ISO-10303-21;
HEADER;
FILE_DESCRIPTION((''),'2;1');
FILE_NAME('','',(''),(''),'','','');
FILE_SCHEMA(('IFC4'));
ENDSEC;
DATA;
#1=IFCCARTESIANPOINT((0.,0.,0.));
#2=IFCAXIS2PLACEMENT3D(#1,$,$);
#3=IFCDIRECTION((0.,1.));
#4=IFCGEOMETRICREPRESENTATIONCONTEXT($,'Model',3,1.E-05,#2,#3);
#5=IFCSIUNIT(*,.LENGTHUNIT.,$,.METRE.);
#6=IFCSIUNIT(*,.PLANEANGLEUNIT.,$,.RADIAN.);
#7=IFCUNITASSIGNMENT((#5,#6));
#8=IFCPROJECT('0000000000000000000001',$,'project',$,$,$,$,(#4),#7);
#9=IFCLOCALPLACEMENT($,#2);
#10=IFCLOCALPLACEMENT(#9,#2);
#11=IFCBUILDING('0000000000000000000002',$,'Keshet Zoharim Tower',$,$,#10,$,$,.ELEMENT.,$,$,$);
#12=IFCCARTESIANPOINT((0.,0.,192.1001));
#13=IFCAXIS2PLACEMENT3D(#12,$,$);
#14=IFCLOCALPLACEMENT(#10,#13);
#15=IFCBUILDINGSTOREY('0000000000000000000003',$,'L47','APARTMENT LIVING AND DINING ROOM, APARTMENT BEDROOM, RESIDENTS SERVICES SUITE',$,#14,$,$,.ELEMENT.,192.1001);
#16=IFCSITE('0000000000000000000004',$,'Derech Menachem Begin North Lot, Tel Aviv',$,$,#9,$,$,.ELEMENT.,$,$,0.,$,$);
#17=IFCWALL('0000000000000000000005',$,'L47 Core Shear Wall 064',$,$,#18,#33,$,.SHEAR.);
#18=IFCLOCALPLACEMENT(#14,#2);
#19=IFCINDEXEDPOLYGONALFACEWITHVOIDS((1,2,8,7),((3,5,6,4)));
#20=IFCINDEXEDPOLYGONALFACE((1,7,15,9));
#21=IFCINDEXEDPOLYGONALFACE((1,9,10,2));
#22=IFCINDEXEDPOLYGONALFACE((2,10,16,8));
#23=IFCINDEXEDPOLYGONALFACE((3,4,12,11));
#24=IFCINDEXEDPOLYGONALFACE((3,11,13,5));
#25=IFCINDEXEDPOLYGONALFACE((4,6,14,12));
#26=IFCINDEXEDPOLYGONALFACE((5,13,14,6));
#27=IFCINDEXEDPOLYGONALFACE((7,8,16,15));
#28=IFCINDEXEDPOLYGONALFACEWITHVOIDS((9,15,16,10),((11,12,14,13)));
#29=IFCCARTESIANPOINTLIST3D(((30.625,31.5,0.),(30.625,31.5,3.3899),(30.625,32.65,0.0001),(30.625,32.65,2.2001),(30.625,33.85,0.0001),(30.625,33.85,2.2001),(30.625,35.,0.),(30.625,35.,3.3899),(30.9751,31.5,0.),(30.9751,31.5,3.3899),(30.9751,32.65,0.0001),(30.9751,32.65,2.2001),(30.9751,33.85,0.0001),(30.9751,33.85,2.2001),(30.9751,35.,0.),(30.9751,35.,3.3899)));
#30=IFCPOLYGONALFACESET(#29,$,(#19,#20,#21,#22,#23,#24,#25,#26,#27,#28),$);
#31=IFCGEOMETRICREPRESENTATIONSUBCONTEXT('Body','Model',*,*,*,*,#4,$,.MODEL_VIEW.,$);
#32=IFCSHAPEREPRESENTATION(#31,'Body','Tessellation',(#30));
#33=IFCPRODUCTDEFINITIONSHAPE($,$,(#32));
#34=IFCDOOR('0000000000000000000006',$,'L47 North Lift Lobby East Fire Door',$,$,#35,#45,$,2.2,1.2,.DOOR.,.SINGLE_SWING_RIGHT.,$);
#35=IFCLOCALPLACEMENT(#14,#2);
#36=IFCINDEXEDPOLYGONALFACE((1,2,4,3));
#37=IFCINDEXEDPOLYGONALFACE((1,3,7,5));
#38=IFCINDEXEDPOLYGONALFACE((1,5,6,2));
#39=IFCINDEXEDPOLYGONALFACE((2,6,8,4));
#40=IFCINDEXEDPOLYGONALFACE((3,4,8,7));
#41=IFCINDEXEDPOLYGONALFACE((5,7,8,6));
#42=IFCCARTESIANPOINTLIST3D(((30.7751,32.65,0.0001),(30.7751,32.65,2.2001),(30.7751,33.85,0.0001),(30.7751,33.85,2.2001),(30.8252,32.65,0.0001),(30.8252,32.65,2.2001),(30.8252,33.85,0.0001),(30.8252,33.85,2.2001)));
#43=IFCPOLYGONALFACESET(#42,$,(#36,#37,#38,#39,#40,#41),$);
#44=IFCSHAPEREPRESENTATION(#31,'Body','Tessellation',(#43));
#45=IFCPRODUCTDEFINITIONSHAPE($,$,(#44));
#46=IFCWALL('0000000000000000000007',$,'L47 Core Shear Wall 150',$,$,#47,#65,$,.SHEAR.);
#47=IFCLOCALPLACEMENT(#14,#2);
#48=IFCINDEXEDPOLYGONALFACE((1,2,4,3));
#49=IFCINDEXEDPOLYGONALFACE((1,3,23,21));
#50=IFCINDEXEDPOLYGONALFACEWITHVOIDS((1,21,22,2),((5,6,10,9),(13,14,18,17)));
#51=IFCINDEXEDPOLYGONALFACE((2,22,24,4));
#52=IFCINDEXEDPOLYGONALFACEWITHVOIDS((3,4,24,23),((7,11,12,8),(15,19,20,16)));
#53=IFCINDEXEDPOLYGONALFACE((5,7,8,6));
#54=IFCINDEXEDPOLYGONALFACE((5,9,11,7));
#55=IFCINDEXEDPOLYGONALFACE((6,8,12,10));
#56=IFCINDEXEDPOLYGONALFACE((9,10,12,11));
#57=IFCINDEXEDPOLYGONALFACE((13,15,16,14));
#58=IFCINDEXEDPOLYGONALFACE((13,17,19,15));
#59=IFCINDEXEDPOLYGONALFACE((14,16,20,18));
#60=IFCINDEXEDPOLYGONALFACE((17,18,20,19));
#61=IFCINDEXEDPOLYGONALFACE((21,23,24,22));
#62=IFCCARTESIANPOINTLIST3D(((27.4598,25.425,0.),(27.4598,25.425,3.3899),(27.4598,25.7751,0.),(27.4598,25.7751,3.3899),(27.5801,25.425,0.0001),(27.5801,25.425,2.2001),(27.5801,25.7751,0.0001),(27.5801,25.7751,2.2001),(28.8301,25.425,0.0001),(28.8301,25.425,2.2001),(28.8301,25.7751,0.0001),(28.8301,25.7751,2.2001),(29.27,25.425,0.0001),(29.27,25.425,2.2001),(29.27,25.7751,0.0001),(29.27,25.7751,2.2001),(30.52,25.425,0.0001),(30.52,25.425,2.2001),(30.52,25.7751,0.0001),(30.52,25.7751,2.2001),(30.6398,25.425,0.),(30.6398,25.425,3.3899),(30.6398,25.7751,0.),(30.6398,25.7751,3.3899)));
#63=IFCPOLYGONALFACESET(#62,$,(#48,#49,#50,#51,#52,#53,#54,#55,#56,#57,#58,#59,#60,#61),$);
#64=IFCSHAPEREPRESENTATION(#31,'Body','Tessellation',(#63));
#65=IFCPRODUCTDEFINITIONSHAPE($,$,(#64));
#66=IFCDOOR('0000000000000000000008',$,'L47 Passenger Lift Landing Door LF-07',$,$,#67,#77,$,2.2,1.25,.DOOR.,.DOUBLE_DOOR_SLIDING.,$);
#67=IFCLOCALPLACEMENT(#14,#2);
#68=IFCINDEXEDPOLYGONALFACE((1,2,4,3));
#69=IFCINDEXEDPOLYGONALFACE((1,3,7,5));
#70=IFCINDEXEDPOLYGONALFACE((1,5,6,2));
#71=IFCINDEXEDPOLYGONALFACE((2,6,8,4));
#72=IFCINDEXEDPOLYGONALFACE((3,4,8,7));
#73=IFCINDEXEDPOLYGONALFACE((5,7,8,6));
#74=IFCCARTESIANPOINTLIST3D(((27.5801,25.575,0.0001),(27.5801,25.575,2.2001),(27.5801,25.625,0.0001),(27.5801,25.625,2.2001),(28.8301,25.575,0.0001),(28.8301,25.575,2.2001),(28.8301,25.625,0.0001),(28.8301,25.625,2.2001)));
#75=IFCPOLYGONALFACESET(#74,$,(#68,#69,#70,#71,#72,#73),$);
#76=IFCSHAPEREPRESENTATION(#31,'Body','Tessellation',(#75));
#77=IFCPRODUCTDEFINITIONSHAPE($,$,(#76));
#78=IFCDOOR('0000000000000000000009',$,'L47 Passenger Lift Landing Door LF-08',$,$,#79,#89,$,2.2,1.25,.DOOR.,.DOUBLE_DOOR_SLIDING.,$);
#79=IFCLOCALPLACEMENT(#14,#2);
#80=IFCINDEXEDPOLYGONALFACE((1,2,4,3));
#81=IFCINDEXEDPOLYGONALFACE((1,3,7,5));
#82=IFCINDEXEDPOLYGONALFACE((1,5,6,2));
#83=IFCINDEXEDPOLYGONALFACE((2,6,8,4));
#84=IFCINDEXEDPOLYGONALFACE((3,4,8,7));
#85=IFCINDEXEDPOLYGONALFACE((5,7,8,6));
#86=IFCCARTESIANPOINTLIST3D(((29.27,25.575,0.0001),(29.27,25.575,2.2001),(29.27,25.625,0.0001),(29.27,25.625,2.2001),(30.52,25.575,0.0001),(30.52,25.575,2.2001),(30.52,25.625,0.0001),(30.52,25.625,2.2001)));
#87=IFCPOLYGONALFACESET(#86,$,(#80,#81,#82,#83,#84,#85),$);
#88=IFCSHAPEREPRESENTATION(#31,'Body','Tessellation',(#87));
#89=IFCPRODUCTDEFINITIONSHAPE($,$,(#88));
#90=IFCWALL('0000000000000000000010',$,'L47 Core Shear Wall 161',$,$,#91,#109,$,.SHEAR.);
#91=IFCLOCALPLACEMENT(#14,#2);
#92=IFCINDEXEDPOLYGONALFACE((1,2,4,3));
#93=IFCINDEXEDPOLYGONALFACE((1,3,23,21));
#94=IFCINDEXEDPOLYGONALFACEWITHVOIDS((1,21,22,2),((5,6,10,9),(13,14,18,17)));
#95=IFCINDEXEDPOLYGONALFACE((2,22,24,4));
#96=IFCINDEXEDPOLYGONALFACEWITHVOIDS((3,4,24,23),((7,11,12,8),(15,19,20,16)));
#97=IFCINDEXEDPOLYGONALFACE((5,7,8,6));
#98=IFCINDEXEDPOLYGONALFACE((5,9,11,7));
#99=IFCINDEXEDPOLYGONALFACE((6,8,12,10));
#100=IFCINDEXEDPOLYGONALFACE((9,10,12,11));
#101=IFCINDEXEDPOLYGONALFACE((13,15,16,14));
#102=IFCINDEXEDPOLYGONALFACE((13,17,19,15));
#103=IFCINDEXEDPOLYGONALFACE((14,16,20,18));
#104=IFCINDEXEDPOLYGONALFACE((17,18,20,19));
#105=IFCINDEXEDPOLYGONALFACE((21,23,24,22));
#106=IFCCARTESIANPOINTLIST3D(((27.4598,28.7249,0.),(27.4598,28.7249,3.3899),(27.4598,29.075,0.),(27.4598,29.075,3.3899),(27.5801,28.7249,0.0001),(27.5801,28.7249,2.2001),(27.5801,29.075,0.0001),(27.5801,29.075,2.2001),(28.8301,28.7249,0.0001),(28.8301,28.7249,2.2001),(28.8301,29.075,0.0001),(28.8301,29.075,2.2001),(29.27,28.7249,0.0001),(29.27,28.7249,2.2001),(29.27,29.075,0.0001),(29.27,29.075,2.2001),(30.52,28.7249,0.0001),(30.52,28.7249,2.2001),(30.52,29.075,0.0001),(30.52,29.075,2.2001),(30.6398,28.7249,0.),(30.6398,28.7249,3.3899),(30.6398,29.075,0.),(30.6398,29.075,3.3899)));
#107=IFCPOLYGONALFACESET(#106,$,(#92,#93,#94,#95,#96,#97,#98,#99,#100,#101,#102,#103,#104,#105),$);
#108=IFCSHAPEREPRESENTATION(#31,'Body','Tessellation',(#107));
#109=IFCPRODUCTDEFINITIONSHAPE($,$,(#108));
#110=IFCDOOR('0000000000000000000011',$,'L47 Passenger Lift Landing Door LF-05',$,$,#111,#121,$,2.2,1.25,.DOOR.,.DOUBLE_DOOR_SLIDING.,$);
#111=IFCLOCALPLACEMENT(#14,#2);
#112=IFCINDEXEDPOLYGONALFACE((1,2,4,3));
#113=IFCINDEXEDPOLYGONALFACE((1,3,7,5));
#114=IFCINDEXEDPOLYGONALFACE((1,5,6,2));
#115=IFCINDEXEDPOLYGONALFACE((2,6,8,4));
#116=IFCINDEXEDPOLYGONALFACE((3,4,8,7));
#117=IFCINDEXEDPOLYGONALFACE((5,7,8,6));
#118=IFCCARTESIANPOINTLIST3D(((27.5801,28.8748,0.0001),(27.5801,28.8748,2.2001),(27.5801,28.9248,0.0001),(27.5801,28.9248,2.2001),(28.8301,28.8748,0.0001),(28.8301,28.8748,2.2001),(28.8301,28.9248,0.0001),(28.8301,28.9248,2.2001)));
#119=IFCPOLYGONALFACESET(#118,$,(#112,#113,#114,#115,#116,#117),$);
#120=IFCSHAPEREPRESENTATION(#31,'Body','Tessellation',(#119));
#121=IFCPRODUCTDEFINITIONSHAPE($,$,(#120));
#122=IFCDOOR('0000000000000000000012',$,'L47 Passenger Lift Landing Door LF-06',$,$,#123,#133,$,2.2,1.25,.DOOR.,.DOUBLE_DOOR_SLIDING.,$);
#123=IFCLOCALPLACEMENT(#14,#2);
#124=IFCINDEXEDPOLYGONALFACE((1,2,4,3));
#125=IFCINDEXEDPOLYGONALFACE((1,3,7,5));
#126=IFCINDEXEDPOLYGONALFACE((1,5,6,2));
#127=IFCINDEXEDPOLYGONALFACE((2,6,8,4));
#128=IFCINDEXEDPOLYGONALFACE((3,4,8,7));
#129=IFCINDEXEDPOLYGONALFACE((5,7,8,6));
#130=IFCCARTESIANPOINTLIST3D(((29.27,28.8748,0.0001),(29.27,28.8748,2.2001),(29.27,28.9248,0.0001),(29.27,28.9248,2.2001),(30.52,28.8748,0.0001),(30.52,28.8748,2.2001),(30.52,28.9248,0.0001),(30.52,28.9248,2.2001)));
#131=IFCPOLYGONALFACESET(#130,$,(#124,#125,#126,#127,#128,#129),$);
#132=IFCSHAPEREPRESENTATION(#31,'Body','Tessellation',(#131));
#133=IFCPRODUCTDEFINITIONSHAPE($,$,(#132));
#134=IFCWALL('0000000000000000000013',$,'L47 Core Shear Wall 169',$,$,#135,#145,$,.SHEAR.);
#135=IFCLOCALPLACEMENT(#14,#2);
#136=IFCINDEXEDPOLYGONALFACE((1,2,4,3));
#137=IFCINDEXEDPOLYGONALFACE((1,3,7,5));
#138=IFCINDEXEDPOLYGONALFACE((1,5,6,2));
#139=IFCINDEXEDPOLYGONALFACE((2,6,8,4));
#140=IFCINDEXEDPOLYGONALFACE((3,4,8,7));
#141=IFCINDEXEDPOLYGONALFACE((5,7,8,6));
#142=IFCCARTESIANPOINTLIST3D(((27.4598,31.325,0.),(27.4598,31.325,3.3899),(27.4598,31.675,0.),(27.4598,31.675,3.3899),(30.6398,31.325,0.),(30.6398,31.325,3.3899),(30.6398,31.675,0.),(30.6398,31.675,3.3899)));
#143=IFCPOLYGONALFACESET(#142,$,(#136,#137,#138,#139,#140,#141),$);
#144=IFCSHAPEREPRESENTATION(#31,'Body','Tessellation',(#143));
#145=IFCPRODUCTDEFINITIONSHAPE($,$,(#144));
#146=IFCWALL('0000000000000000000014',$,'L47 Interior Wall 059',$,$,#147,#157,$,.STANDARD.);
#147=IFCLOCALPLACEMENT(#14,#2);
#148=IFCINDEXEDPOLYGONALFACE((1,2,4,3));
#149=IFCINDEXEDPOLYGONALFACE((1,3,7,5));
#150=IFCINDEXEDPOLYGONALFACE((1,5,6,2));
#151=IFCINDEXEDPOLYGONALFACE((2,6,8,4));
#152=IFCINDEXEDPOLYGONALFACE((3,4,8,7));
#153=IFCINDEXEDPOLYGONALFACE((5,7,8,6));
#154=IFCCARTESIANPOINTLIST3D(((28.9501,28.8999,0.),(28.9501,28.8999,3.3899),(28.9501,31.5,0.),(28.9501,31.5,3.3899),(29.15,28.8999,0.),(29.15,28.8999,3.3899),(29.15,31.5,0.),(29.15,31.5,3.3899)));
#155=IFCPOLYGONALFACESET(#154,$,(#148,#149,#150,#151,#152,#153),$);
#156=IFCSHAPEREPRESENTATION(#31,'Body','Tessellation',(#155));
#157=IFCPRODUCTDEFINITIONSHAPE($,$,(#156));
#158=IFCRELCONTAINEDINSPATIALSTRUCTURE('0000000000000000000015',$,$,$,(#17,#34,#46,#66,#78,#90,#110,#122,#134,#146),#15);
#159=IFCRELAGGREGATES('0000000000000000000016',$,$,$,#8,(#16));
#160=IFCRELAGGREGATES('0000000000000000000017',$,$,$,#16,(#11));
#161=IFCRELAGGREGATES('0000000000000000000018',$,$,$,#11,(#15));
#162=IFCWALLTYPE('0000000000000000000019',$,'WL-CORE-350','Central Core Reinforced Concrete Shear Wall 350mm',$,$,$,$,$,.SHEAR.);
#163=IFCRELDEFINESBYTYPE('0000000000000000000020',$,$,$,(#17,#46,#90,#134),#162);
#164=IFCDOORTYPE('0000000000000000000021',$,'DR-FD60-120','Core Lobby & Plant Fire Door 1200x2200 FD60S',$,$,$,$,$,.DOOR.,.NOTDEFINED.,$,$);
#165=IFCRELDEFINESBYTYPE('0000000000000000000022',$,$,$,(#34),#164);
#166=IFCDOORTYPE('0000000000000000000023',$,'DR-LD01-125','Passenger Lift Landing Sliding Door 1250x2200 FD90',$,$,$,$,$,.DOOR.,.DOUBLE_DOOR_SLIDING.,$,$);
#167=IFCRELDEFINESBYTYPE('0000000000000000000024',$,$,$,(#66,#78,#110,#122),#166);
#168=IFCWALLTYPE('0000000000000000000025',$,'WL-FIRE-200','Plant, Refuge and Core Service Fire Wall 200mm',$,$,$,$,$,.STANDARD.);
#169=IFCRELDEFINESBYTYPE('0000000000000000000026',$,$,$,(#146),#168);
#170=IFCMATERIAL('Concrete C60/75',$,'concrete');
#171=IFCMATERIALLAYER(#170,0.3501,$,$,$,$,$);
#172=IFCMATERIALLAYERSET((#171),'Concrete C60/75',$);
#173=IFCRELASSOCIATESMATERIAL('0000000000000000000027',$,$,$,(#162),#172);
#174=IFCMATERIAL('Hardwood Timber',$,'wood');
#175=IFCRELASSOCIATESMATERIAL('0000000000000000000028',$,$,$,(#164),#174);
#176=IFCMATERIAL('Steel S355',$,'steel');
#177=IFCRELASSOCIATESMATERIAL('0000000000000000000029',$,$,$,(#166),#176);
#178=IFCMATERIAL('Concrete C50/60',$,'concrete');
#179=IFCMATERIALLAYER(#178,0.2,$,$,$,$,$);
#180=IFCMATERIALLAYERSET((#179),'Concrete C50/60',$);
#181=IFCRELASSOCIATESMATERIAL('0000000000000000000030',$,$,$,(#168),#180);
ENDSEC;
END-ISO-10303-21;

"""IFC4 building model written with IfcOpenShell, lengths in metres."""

from ifc_helpers import new_model, si_unit, direction, frame, frame_2d, origin, place, context, subcontext, project, spatial, rectangle, extrude, material, layer, layer_set, type_object, element, fill, save


model = new_model("IFC4")

# Units and contexts
model_context = context("Model", 3, precision=1e-05, world=origin(), true_north=direction((0.0, 1.0)))
body_context = subcontext(model_context, "Body", "Model", "MODEL_VIEW")
ifc_project = project(units=[si_unit("LENGTHUNIT", "METRE"), si_unit("PLANEANGLEUNIT", "RADIAN")], contexts=[model_context])

# Site, building, storey
site_placement = place(None, origin())
site = spatial("IfcSite", under=ifc_project, at=site_placement, Name="Derech Menachem Begin North Lot, Tel Aviv", CompositionType="ELEMENT", RefElevation=0.0)
building_placement = place(site_placement, origin())
building = spatial("IfcBuilding", under=site, at=building_placement, Name="Keshet Zoharim Tower", CompositionType="ELEMENT")
storey_placement = place(building_placement, frame((0.0, 0.0, 192.1001)))
storey = spatial("IfcBuildingStorey", under=building, at=storey_placement, Name="L47", Description="APARTMENT LIVING AND DINING ROOM, APARTMENT BEDROOM, RESIDENTS SERVICES SUITE", CompositionType="ELEMENT", Elevation=192.1001)

# Shared definitions
ifc_material_1 = material(Name="Steel S355", Category="steel")

# Shared definitions
ifc_material_2 = material(Name="Concrete C60/75", Category="concrete")
ifc_layer_1 = layer(ifc_material_2, 0.3501)
ifc_layer_set_1 = layer_set([ifc_layer_1], Name="Concrete C60/75")
wall_type_1 = type_object("IfcWallType", Name="WL-CORE-350", Description="Central Core Reinforced Concrete Shear Wall 350mm", PredefinedType="SHEAR", material=ifc_layer_set_1)

# Shared definitions
ifc_material_3 = material(Name="Hardwood Timber", Category="wood")
door_type_1 = type_object("IfcDoorType", Name="DR-FD60-120", Description="Core Lobby & Plant Fire Door 1200x2200 FD60S", OperationType="NOTDEFINED", PredefinedType="DOOR", material=ifc_material_3)

# Wall, opening, door
wall_1_placement = place(storey_placement, frame((30.8, 31.5, 0.0), z_axis=(0.0, 0.0, 1.0), x_axis=(0.0, 1.0, 0.0)))
wall_1 = element("IfcWall", 1, at=wall_1_placement, inside=storey, type_object=wall_type_1, Name="L47 Core Shear Wall 064", PredefinedType="SHEAR", context=body_context, shape_type="SweptSolid", body=[
    extrude(rectangle(XDim=3.5, YDim=0.3501, at=frame_2d((1.75, 0.0))), origin(), (0.0, 0.0, 1.0), 3.3899),
])
opening_1_placement = place(wall_1_placement, frame((1.1499, 0.0, 0.0)))
opening_1 = element("IfcOpeningElement", 2, at=opening_1_placement, cuts=wall_1, PredefinedType="OPENING", context=body_context, shape_type="SweptSolid", body=[
    extrude(rectangle(XDim=1.2, YDim=2.2, at=frame_2d((0.6001, 1.1001))), frame((0.0, 0.1851, 0.0), z_axis=(0.0, -1.0, 0.0), x_axis=(1.0, 0.0, 0.0)), (0.0, 0.0, 1.0), 0.3701),
])
door_1_placement = place(opening_1_placement, origin())
door_1 = element("IfcDoor", 3, at=door_1_placement, inside=storey, type_object=door_type_1, Name="L47 North Lift Lobby East Fire Door", OperationType="SINGLE_SWING_RIGHT", OverallHeight=2.2, OverallWidth=1.2, PredefinedType="DOOR", context=body_context, shape_type="SweptSolid", body=[
    extrude(rectangle(XDim=1.2, YDim=2.2, at=frame_2d((0.6001, 1.1001))), frame((0.0, 0.0249, 0.0), z_axis=(0.0, -1.0, 0.0), x_axis=(1.0, 0.0, 0.0)), (0.0, 0.0, 1.0), 0.05),
])
fill(opening_1, door_1)

# Walls, openings, doors
wall_2_placement = place(storey_placement, frame((27.46, 25.6001, 0.0), z_axis=(0.0, 0.0, 1.0), x_axis=(1.0, 0.0, 0.0)))
wall_2 = element("IfcWall", 4, at=wall_2_placement, inside=storey, type_object=wall_type_1, Name="L47 Core Shear Wall 150", PredefinedType="SHEAR", context=body_context, shape_type="SweptSolid", body=[
    extrude(rectangle(XDim=3.1799, YDim=0.3501, at=frame_2d((1.5898, 0.0))), origin(), (0.0, 0.0, 1.0), 3.3899),
])
opening_2_placement = place(wall_2_placement, frame((0.1201, 0.0, 0.0)))
opening_2 = element("IfcOpeningElement", 5, at=opening_2_placement, cuts=wall_2, PredefinedType="OPENING", context=body_context, shape_type="SweptSolid", body=[
    extrude(rectangle(XDim=1.25, YDim=2.2, at=frame_2d((0.625, 1.1001))), frame((0.0, 0.1851, 0.0), z_axis=(0.0, -1.0, 0.0), x_axis=(1.0, 0.0, 0.0)), (0.0, 0.0, 1.0), 0.3701),
])
opening_3_placement = place(wall_2_placement, frame((1.8101, 0.0, 0.0)))
opening_3 = element("IfcOpeningElement", 6, at=opening_3_placement, cuts=wall_2, PredefinedType="OPENING", context=body_context, shape_type="SweptSolid", body=[
    extrude(rectangle(XDim=1.25, YDim=2.2, at=frame_2d((0.625, 1.1001))), frame((0.0, 0.1851, 0.0), z_axis=(0.0, -1.0, 0.0), x_axis=(1.0, 0.0, 0.0)), (0.0, 0.0, 1.0), 0.3701),
])
door_type_2 = type_object("IfcDoorType", Name="DR-LD01-125", Description="Passenger Lift Landing Sliding Door 1250x2200 FD90", OperationType="DOUBLE_DOOR_SLIDING", PredefinedType="DOOR", material=ifc_material_1)
door_2_placement = place(opening_2_placement, origin())
door_2 = element("IfcDoor", 7, at=door_2_placement, inside=storey, type_object=door_type_2, Name="L47 Passenger Lift Landing Door LF-07", OperationType="DOUBLE_DOOR_SLIDING", OverallHeight=2.2, OverallWidth=1.25, PredefinedType="DOOR", context=body_context, shape_type="SweptSolid", body=[
    extrude(rectangle(XDim=1.25, YDim=2.2, at=frame_2d((0.625, 1.1001))), frame((0.0, 0.0249, 0.0), z_axis=(0.0, -1.0, 0.0), x_axis=(1.0, 0.0, 0.0)), (0.0, 0.0, 1.0), 0.05),
])
fill(opening_2, door_2)
door_3_placement = place(opening_3_placement, origin())
door_3 = element("IfcDoor", 8, at=door_3_placement, inside=storey, type_object=door_type_2, Name="L47 Passenger Lift Landing Door LF-08", OperationType="DOUBLE_DOOR_SLIDING", OverallHeight=2.2, OverallWidth=1.25, PredefinedType="DOOR", context=body_context, shape_type="SweptSolid", body=[
    extrude(rectangle(XDim=1.25, YDim=2.2, at=frame_2d((0.625, 1.1001))), frame((0.0, 0.0249, 0.0), z_axis=(0.0, -1.0, 0.0), x_axis=(1.0, 0.0, 0.0)), (0.0, 0.0, 1.0), 0.05),
])
fill(opening_3, door_3)
wall_3_placement = place(storey_placement, frame((27.46, 28.8999, 0.0), z_axis=(0.0, 0.0, 1.0), x_axis=(1.0, 0.0, 0.0)))
wall_3 = element("IfcWall", 9, at=wall_3_placement, inside=storey, type_object=wall_type_1, Name="L47 Core Shear Wall 161", PredefinedType="SHEAR", context=body_context, shape_type="SweptSolid", body=[
    extrude(rectangle(XDim=3.1799, YDim=0.3501, at=frame_2d((1.5898, 0.0))), origin(), (0.0, 0.0, 1.0), 3.3899),
])
opening_4_placement = place(wall_3_placement, frame((0.1201, 0.0, 0.0)))
opening_4 = element("IfcOpeningElement", 10, at=opening_4_placement, cuts=wall_3, PredefinedType="OPENING", context=body_context, shape_type="SweptSolid", body=[
    extrude(rectangle(XDim=1.25, YDim=2.2, at=frame_2d((0.625, 1.1001))), frame((0.0, 0.1851, 0.0), z_axis=(0.0, -1.0, 0.0), x_axis=(1.0, 0.0, 0.0)), (0.0, 0.0, 1.0), 0.3701),
])
opening_5_placement = place(wall_3_placement, frame((1.8101, 0.0, 0.0)))
opening_5 = element("IfcOpeningElement", 11, at=opening_5_placement, cuts=wall_3, PredefinedType="OPENING", context=body_context, shape_type="SweptSolid", body=[
    extrude(rectangle(XDim=1.25, YDim=2.2, at=frame_2d((0.625, 1.1001))), frame((0.0, 0.1851, 0.0), z_axis=(0.0, -1.0, 0.0), x_axis=(1.0, 0.0, 0.0)), (0.0, 0.0, 1.0), 0.3701),
])
door_4_placement = place(opening_4_placement, origin())
door_4 = element("IfcDoor", 12, at=door_4_placement, inside=storey, type_object=door_type_2, Name="L47 Passenger Lift Landing Door LF-05", OperationType="DOUBLE_DOOR_SLIDING", OverallHeight=2.2, OverallWidth=1.25, PredefinedType="DOOR", context=body_context, shape_type="SweptSolid", body=[
    extrude(rectangle(XDim=1.25, YDim=2.2, at=frame_2d((0.625, 1.1001))), frame((0.0, 0.0249, 0.0), z_axis=(0.0, -1.0, 0.0), x_axis=(1.0, 0.0, 0.0)), (0.0, 0.0, 1.0), 0.05),
])
fill(opening_4, door_4)
door_5_placement = place(opening_5_placement, origin())
door_5 = element("IfcDoor", 13, at=door_5_placement, inside=storey, type_object=door_type_2, Name="L47 Passenger Lift Landing Door LF-06", OperationType="DOUBLE_DOOR_SLIDING", OverallHeight=2.2, OverallWidth=1.25, PredefinedType="DOOR", context=body_context, shape_type="SweptSolid", body=[
    extrude(rectangle(XDim=1.25, YDim=2.2, at=frame_2d((0.625, 1.1001))), frame((0.0, 0.0249, 0.0), z_axis=(0.0, -1.0, 0.0), x_axis=(1.0, 0.0, 0.0)), (0.0, 0.0, 1.0), 0.05),
])
fill(opening_5, door_5)

# Walls
wall_4_placement = place(storey_placement, frame((27.46, 31.5, 0.0), z_axis=(0.0, 0.0, 1.0), x_axis=(1.0, 0.0, 0.0)))
element("IfcWall", 14, at=wall_4_placement, inside=storey, type_object=wall_type_1, Name="L47 Core Shear Wall 169", PredefinedType="SHEAR", context=body_context, shape_type="SweptSolid", body=[
    extrude(rectangle(XDim=3.1799, YDim=0.3501, at=frame_2d((1.5898, 0.0))), origin(), (0.0, 0.0, 1.0), 3.3899),
])
ifc_material_4 = material(Name="Concrete C50/60", Category="concrete")
ifc_layer_2 = layer(ifc_material_4, 0.2)
ifc_layer_set_2 = layer_set([ifc_layer_2], Name="Concrete C50/60")
wall_type_2 = type_object("IfcWallType", Name="WL-FIRE-200", Description="Plant, Refuge and Core Service Fire Wall 200mm", PredefinedType="STANDARD", material=ifc_layer_set_2)
wall_5_placement = place(storey_placement, frame((29.05, 28.8999, 0.0), z_axis=(0.0, 0.0, 1.0), x_axis=(0.0, 1.0, 0.0)))
element("IfcWall", 15, at=wall_5_placement, inside=storey, type_object=wall_type_2, Name="L47 Interior Wall 059", PredefinedType="STANDARD", context=body_context, shape_type="SweptSolid", body=[
    extrude(rectangle(XDim=2.6001, YDim=0.2, at=frame_2d((1.3, 0.0))), origin(), (0.0, 0.0, 1.0), 3.3899),
])

save(model, "model.ifc")
